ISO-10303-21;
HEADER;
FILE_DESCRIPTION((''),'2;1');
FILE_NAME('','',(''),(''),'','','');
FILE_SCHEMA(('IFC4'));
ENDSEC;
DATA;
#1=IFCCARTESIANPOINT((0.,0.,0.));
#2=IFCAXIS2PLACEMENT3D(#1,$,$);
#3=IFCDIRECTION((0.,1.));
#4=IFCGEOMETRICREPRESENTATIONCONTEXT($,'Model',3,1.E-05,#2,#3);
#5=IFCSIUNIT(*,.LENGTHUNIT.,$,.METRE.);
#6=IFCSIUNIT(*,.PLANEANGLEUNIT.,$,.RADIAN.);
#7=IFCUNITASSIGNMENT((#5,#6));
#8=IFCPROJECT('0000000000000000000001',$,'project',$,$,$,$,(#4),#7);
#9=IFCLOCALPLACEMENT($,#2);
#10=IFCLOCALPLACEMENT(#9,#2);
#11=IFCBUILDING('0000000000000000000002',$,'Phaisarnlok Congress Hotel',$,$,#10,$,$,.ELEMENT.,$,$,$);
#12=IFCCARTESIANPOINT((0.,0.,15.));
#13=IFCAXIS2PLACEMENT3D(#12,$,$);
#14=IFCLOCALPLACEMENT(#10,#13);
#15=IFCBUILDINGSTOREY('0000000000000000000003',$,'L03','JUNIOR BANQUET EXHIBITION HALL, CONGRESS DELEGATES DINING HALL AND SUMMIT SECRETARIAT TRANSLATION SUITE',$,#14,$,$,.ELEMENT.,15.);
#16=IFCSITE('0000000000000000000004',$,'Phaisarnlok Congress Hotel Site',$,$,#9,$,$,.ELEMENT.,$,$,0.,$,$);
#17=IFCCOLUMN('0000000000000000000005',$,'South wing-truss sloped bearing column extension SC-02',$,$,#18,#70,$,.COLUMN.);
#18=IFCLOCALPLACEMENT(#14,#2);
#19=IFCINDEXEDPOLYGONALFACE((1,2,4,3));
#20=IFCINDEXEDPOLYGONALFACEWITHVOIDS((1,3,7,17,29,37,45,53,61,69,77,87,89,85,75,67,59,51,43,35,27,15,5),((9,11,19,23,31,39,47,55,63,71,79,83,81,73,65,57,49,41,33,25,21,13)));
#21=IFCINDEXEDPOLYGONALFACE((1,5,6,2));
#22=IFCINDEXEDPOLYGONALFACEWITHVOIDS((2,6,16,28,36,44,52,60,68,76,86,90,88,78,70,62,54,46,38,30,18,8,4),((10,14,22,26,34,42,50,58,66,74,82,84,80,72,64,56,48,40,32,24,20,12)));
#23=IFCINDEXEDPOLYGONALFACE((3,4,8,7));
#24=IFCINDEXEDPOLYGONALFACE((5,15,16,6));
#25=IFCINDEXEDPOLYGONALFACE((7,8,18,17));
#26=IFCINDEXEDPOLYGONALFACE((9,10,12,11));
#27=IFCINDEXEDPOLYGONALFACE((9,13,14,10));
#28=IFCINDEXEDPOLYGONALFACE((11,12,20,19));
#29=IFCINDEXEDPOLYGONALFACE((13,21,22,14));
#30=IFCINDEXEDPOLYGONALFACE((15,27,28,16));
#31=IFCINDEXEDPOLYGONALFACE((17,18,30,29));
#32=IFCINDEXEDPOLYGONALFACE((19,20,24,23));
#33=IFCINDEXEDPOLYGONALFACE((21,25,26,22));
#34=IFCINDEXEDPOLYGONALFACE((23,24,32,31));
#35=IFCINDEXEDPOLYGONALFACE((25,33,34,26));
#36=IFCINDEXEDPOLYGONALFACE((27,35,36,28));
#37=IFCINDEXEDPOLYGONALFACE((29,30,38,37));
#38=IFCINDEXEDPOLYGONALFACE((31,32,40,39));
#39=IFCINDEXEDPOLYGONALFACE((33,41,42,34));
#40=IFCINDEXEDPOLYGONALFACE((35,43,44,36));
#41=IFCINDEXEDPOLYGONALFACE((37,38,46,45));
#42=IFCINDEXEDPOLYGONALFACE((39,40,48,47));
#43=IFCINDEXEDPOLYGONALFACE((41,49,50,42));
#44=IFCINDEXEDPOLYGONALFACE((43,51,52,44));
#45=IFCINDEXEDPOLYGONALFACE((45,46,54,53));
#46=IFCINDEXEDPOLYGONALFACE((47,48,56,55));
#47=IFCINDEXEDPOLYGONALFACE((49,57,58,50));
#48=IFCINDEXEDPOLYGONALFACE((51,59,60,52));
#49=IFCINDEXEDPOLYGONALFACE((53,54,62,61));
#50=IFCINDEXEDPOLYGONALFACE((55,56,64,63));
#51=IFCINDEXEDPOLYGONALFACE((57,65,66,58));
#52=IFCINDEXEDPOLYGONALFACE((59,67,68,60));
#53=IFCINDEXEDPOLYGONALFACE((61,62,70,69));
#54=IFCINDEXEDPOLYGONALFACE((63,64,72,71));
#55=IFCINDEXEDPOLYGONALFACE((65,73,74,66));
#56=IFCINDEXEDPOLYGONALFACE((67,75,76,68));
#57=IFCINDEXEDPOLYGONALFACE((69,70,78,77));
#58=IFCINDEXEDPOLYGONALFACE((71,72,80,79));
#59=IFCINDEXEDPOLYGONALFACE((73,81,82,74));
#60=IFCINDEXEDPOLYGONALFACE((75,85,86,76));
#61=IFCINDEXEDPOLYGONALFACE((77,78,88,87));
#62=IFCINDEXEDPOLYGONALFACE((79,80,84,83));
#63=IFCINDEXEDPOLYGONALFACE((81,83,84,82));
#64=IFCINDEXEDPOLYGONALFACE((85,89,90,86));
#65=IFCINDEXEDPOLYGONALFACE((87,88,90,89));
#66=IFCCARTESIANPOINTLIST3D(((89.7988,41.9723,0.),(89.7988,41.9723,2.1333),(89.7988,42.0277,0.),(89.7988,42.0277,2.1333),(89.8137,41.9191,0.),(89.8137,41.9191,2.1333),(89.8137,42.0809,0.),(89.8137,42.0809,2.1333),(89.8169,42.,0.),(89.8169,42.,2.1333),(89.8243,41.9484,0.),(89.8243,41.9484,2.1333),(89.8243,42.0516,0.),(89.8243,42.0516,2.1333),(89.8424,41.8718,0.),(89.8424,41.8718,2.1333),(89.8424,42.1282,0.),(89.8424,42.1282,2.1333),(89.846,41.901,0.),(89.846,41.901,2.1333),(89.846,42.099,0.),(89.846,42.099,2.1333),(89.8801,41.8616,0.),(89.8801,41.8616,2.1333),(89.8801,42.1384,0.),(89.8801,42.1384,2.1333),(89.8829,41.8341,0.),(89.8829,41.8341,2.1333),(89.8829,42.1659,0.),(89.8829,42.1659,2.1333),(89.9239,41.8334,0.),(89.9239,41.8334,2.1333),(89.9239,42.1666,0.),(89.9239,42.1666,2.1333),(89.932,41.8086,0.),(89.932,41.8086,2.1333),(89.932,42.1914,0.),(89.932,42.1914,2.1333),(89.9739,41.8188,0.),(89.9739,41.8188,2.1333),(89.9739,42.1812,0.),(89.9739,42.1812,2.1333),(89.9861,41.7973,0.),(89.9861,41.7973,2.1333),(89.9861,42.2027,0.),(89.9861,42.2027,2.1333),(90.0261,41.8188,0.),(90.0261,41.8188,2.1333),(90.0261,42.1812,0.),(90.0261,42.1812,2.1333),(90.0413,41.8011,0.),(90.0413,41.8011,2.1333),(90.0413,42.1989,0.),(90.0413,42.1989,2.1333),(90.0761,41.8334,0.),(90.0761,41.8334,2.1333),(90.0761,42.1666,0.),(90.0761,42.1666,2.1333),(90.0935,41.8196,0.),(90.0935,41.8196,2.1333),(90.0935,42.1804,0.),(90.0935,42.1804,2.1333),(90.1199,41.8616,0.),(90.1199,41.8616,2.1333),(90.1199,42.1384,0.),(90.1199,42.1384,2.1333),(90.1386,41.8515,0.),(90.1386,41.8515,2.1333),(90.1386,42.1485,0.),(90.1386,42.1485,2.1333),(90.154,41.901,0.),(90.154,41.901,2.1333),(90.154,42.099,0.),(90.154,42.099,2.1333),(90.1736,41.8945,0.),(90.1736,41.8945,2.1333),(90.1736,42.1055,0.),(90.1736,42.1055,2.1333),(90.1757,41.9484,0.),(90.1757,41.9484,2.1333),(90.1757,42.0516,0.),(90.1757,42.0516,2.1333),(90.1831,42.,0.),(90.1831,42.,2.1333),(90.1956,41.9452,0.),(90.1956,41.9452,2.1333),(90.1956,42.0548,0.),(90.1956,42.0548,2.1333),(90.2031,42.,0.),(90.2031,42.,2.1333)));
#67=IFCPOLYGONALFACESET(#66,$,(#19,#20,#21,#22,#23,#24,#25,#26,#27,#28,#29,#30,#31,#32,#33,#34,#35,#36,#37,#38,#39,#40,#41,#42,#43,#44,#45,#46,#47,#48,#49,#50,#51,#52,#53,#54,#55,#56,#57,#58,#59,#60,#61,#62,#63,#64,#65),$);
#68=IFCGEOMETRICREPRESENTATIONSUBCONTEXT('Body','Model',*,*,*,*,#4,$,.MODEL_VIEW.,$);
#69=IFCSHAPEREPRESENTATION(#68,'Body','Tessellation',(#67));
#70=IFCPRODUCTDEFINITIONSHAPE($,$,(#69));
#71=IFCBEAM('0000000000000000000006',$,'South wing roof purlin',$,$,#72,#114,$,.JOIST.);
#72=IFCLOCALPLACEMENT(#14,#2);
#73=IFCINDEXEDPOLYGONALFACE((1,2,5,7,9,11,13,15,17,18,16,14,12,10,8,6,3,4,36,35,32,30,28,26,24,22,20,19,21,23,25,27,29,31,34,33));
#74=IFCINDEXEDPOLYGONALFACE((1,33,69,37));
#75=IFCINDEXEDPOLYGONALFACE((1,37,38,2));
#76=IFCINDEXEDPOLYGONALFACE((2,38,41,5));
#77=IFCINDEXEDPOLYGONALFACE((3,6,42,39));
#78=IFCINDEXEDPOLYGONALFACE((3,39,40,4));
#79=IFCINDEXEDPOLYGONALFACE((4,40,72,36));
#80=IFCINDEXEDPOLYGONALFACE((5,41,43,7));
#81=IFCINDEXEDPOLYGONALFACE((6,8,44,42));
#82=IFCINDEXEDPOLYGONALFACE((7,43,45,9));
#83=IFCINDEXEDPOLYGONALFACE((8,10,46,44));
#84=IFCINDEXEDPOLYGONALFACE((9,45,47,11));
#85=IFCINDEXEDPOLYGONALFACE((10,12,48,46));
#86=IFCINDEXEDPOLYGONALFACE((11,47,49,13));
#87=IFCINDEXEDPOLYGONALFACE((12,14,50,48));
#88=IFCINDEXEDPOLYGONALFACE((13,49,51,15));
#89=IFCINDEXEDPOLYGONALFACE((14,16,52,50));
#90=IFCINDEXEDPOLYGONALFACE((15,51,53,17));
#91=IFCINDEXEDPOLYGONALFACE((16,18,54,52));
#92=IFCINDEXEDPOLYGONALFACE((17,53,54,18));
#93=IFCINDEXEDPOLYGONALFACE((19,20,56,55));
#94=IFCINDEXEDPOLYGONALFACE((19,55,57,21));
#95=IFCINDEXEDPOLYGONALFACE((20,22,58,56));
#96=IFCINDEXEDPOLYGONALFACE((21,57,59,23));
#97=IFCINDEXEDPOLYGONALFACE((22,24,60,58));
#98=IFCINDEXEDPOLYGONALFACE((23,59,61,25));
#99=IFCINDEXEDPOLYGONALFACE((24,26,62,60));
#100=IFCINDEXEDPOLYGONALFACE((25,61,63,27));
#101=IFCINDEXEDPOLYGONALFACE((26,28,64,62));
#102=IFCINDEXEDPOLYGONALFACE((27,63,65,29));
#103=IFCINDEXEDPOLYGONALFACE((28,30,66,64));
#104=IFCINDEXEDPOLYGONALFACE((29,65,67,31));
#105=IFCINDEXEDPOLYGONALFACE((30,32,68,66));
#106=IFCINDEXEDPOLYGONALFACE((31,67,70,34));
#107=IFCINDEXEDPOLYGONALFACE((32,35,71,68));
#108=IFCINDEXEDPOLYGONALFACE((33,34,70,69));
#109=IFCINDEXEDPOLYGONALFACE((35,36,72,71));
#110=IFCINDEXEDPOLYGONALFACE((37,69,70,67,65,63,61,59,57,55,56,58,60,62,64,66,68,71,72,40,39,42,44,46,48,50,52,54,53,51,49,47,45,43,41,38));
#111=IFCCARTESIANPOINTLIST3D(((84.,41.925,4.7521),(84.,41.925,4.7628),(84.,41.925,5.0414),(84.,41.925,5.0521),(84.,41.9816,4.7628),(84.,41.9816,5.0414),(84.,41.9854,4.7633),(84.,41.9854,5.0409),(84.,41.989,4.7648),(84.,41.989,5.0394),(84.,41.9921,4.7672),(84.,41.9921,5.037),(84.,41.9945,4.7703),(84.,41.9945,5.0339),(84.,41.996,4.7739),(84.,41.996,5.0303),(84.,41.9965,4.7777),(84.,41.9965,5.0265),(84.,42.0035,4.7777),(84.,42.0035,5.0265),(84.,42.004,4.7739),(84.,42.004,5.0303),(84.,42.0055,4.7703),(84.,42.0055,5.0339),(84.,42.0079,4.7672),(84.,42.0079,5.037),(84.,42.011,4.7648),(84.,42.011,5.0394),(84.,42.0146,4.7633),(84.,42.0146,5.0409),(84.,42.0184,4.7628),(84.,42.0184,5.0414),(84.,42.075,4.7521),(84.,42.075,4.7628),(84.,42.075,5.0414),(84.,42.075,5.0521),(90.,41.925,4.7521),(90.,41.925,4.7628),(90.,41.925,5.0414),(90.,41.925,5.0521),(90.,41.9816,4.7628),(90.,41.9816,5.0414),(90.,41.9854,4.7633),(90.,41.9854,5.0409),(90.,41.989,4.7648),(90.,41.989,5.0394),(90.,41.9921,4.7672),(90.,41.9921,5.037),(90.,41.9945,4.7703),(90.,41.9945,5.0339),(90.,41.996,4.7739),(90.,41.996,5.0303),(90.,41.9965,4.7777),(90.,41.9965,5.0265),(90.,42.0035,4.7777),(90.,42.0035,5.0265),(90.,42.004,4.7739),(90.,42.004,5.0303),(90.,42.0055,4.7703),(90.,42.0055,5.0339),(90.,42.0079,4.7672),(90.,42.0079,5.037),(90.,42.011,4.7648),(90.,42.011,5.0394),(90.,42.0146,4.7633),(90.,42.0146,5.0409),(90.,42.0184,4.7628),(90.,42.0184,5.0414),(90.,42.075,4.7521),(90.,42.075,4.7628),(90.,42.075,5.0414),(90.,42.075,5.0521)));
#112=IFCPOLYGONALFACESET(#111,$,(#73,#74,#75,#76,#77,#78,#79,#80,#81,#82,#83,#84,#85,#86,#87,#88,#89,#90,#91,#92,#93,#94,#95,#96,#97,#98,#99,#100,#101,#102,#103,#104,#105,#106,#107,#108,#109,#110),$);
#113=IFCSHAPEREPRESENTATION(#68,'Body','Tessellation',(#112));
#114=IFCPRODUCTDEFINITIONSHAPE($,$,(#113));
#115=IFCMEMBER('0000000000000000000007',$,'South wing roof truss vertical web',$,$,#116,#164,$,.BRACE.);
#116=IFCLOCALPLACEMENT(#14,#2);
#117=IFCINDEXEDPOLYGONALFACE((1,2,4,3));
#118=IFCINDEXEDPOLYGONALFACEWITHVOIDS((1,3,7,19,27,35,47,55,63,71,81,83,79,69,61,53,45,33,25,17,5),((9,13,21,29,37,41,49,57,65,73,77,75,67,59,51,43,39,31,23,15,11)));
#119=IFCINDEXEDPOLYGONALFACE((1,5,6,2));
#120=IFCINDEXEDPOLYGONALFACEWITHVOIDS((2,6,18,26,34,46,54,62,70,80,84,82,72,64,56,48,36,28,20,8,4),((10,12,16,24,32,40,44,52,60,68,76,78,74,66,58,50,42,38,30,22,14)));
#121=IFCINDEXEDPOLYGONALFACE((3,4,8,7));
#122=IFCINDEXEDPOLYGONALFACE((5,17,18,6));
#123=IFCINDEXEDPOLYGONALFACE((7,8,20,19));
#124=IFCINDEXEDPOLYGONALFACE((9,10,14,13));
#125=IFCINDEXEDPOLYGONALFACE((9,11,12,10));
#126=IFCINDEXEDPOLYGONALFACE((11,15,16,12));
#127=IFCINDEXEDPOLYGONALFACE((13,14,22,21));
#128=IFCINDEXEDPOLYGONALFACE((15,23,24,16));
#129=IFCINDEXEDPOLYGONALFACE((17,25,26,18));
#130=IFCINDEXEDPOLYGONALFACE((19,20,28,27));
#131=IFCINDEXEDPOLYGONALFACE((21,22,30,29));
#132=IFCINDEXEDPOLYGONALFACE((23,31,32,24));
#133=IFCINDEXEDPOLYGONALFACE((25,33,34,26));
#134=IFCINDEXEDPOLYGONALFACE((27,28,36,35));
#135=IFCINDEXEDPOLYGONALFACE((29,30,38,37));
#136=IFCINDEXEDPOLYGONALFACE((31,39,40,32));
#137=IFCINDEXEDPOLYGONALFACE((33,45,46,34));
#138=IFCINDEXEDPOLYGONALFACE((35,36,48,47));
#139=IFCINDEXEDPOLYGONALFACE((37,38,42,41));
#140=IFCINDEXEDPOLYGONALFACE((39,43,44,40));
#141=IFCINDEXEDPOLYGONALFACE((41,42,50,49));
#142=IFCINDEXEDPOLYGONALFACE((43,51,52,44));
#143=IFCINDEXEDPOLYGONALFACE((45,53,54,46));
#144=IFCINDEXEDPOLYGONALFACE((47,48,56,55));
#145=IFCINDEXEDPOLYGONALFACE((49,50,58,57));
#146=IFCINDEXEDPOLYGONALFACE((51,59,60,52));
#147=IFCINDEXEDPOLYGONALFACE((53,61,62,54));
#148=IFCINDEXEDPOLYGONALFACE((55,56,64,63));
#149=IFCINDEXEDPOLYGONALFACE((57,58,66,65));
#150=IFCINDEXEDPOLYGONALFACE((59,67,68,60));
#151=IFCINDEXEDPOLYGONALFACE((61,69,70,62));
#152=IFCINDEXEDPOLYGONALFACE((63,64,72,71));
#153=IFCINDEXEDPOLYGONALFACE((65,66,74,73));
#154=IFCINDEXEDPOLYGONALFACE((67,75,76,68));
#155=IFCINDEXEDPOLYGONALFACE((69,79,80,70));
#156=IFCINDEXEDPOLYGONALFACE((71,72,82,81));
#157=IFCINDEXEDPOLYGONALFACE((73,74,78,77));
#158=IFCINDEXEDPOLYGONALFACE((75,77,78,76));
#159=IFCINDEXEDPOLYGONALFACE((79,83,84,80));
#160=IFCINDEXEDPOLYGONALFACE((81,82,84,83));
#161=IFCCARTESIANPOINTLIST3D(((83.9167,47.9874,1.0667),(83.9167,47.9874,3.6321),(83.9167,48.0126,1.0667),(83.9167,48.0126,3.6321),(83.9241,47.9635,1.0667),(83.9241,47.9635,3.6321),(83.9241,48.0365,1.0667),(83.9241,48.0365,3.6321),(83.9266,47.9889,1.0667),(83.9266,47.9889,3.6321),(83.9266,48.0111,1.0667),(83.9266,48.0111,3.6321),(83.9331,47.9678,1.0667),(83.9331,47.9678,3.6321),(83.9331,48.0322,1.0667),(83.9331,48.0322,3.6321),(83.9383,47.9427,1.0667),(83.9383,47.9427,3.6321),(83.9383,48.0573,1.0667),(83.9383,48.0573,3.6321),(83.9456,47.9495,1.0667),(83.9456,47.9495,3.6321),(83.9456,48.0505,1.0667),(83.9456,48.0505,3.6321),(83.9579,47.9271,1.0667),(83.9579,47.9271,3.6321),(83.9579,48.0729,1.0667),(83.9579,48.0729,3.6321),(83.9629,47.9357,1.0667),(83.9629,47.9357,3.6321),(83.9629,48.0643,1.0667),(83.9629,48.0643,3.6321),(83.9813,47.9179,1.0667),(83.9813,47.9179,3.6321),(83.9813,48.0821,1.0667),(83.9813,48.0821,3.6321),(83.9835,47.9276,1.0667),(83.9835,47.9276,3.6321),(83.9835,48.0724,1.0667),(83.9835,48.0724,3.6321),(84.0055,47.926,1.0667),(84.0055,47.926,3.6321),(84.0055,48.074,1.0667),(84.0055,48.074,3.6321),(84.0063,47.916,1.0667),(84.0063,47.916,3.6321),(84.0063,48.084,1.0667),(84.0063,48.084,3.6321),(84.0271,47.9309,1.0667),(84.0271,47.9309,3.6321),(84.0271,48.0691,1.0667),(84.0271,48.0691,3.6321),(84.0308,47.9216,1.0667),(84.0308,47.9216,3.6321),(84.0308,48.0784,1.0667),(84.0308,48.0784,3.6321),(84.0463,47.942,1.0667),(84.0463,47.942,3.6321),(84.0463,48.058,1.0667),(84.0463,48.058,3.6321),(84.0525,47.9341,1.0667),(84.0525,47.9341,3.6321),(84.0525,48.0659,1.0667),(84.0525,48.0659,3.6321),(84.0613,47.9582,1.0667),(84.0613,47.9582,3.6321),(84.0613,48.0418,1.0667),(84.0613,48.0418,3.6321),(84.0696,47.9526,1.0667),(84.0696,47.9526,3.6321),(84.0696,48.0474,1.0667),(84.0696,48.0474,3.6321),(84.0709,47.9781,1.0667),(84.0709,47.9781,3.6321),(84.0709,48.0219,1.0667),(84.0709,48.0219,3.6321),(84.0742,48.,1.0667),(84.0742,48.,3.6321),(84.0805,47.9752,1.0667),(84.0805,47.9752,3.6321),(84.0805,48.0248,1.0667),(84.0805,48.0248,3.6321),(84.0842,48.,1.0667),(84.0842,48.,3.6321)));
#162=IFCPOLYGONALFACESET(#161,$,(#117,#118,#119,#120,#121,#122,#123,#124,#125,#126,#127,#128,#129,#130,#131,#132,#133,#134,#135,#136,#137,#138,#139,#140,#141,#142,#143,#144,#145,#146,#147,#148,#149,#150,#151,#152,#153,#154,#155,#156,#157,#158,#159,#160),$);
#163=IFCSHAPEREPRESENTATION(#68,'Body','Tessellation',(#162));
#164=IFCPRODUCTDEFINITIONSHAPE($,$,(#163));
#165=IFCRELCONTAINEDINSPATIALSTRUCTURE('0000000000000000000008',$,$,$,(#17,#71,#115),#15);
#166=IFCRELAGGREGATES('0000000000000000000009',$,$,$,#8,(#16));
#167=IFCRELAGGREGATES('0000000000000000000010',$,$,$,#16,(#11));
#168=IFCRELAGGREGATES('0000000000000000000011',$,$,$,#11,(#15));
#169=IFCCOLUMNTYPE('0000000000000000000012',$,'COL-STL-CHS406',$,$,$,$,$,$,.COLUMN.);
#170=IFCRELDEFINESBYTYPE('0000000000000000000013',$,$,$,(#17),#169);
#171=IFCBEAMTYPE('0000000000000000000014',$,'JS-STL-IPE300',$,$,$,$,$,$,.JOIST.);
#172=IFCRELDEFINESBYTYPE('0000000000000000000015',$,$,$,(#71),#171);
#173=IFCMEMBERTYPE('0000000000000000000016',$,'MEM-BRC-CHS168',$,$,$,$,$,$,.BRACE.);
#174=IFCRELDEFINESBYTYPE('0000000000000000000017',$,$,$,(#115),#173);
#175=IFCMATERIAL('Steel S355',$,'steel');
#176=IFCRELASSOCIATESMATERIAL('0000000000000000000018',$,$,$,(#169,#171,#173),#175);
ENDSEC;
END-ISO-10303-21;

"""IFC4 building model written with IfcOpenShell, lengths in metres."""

from ifc_helpers import new_model, si_unit, direction, frame, origin, origin_2d, place, context, subcontext, project, spatial, hollow_circle, i_section, extrude, material, material_profile, profile_set, type_object, element, save


model = new_model("IFC4")

# Units and contexts
model_context = context("Model", 3, precision=1e-05, world=origin(), true_north=direction((0.0, 1.0)))
body_context = subcontext(model_context, "Body", "Model", "MODEL_VIEW")
ifc_project = project(units=[si_unit("LENGTHUNIT", "METRE"), si_unit("PLANEANGLEUNIT", "RADIAN")], contexts=[model_context])

# Site, building, storey
site_placement = place(None, origin())
site = spatial("IfcSite", under=ifc_project, at=site_placement, Name="Phaisarnlok Congress Hotel Site", CompositionType="ELEMENT", RefElevation=0.0)
building_placement = place(site_placement, origin())
building = spatial("IfcBuilding", under=site, at=building_placement, Name="Phaisarnlok Congress Hotel", CompositionType="ELEMENT")
storey_placement = place(building_placement, frame((0.0, 0.0, 15.0)))
storey = spatial("IfcBuildingStorey", under=building, at=storey_placement, Name="L03", Description="JUNIOR BANQUET EXHIBITION HALL, CONGRESS DELEGATES DINING HALL AND SUMMIT SECRETARIAT TRANSLATION SUITE", CompositionType="ELEMENT", Elevation=15.0)

# Column
ifc_material = material(Name="Steel S355", Category="steel")
ifc_material_profile_1 = material_profile(ifc_material, hollow_circle(Radius=0.2031, WallThickness=0.02, at=origin_2d()), Name="CHS 406.4x20")
ifc_profile_set_1 = profile_set([ifc_material_profile_1], Name="Steel S355")
column_type = type_object("IfcColumnType", Name="COL-STL-CHS406", PredefinedType="COLUMN", material=ifc_profile_set_1)
column_placement = place(storey_placement, frame((90.0, 42.0, 0.0), z_axis=(0.0, 0.0, 1.0), x_axis=(1.0, 0.0, 0.0)))
element("IfcColumn", 1, at=column_placement, inside=storey, type_object=column_type, Name="South wing-truss sloped bearing column extension SC-02", PredefinedType="COLUMN", context=body_context, shape_type="SweptSolid", body=[
    extrude(hollow_circle(Radius=0.2031, WallThickness=0.02, at=origin_2d()), origin(), (0.0, 0.0, 1.0), 2.1333),
])

# Beam
ifc_material_profile_2 = material_profile(ifc_material, i_section(OverallWidth=0.1499, OverallDepth=0.3, WebThickness=0.0071, FlangeThickness=0.0107, FilletRadius=0.0149, at=origin_2d()), Name="IPE 300")
ifc_profile_set_2 = profile_set([ifc_material_profile_2], Name="Steel S355")
beam_type = type_object("IfcBeamType", Name="JS-STL-IPE300", PredefinedType="JOIST", material=ifc_profile_set_2)
beam_placement = place(storey_placement, frame((84.0, 42.0, 4.9021), z_axis=(1.0, 0.0, 0.0), x_axis=(0.0, 1.0, 0.0)))
element("IfcBeam", 2, at=beam_placement, inside=storey, type_object=beam_type, Name="South wing roof purlin", PredefinedType="JOIST", context=body_context, shape_type="SweptSolid", body=[
    extrude(i_section(OverallWidth=0.1499, OverallDepth=0.3, WebThickness=0.0071, FlangeThickness=0.0107, FilletRadius=0.0149, at=origin_2d()), origin(), (0.0, 0.0, 1.0), 6.0),
])

# Member
ifc_material_profile_3 = material_profile(ifc_material, hollow_circle(Radius=0.0842, WallThickness=0.01, at=origin_2d()), Name="CHS 168.3x10")
ifc_profile_set_3 = profile_set([ifc_material_profile_3], Name="Steel S355")
member_type_1 = type_object("IfcMemberType", Name="MEM-BRC-CHS168", PredefinedType="BRACE", material=ifc_profile_set_3)
member_1_placement = place(storey_placement, frame((84.0, 48.0, 1.0667), z_axis=(0.0, 0.0, 1.0), x_axis=(1.0, 0.0, 0.0)))
element("IfcMember", 3, at=member_1_placement, inside=storey, type_object=member_type_1, Name="South wing roof truss vertical web", PredefinedType="BRACE", context=body_context, shape_type="SweptSolid", body=[
    extrude(hollow_circle(Radius=0.0842, WallThickness=0.01, at=origin_2d()), origin(), (0.0, 0.0, 1.0), 2.5654),
])

save(model, "model.ifc")
